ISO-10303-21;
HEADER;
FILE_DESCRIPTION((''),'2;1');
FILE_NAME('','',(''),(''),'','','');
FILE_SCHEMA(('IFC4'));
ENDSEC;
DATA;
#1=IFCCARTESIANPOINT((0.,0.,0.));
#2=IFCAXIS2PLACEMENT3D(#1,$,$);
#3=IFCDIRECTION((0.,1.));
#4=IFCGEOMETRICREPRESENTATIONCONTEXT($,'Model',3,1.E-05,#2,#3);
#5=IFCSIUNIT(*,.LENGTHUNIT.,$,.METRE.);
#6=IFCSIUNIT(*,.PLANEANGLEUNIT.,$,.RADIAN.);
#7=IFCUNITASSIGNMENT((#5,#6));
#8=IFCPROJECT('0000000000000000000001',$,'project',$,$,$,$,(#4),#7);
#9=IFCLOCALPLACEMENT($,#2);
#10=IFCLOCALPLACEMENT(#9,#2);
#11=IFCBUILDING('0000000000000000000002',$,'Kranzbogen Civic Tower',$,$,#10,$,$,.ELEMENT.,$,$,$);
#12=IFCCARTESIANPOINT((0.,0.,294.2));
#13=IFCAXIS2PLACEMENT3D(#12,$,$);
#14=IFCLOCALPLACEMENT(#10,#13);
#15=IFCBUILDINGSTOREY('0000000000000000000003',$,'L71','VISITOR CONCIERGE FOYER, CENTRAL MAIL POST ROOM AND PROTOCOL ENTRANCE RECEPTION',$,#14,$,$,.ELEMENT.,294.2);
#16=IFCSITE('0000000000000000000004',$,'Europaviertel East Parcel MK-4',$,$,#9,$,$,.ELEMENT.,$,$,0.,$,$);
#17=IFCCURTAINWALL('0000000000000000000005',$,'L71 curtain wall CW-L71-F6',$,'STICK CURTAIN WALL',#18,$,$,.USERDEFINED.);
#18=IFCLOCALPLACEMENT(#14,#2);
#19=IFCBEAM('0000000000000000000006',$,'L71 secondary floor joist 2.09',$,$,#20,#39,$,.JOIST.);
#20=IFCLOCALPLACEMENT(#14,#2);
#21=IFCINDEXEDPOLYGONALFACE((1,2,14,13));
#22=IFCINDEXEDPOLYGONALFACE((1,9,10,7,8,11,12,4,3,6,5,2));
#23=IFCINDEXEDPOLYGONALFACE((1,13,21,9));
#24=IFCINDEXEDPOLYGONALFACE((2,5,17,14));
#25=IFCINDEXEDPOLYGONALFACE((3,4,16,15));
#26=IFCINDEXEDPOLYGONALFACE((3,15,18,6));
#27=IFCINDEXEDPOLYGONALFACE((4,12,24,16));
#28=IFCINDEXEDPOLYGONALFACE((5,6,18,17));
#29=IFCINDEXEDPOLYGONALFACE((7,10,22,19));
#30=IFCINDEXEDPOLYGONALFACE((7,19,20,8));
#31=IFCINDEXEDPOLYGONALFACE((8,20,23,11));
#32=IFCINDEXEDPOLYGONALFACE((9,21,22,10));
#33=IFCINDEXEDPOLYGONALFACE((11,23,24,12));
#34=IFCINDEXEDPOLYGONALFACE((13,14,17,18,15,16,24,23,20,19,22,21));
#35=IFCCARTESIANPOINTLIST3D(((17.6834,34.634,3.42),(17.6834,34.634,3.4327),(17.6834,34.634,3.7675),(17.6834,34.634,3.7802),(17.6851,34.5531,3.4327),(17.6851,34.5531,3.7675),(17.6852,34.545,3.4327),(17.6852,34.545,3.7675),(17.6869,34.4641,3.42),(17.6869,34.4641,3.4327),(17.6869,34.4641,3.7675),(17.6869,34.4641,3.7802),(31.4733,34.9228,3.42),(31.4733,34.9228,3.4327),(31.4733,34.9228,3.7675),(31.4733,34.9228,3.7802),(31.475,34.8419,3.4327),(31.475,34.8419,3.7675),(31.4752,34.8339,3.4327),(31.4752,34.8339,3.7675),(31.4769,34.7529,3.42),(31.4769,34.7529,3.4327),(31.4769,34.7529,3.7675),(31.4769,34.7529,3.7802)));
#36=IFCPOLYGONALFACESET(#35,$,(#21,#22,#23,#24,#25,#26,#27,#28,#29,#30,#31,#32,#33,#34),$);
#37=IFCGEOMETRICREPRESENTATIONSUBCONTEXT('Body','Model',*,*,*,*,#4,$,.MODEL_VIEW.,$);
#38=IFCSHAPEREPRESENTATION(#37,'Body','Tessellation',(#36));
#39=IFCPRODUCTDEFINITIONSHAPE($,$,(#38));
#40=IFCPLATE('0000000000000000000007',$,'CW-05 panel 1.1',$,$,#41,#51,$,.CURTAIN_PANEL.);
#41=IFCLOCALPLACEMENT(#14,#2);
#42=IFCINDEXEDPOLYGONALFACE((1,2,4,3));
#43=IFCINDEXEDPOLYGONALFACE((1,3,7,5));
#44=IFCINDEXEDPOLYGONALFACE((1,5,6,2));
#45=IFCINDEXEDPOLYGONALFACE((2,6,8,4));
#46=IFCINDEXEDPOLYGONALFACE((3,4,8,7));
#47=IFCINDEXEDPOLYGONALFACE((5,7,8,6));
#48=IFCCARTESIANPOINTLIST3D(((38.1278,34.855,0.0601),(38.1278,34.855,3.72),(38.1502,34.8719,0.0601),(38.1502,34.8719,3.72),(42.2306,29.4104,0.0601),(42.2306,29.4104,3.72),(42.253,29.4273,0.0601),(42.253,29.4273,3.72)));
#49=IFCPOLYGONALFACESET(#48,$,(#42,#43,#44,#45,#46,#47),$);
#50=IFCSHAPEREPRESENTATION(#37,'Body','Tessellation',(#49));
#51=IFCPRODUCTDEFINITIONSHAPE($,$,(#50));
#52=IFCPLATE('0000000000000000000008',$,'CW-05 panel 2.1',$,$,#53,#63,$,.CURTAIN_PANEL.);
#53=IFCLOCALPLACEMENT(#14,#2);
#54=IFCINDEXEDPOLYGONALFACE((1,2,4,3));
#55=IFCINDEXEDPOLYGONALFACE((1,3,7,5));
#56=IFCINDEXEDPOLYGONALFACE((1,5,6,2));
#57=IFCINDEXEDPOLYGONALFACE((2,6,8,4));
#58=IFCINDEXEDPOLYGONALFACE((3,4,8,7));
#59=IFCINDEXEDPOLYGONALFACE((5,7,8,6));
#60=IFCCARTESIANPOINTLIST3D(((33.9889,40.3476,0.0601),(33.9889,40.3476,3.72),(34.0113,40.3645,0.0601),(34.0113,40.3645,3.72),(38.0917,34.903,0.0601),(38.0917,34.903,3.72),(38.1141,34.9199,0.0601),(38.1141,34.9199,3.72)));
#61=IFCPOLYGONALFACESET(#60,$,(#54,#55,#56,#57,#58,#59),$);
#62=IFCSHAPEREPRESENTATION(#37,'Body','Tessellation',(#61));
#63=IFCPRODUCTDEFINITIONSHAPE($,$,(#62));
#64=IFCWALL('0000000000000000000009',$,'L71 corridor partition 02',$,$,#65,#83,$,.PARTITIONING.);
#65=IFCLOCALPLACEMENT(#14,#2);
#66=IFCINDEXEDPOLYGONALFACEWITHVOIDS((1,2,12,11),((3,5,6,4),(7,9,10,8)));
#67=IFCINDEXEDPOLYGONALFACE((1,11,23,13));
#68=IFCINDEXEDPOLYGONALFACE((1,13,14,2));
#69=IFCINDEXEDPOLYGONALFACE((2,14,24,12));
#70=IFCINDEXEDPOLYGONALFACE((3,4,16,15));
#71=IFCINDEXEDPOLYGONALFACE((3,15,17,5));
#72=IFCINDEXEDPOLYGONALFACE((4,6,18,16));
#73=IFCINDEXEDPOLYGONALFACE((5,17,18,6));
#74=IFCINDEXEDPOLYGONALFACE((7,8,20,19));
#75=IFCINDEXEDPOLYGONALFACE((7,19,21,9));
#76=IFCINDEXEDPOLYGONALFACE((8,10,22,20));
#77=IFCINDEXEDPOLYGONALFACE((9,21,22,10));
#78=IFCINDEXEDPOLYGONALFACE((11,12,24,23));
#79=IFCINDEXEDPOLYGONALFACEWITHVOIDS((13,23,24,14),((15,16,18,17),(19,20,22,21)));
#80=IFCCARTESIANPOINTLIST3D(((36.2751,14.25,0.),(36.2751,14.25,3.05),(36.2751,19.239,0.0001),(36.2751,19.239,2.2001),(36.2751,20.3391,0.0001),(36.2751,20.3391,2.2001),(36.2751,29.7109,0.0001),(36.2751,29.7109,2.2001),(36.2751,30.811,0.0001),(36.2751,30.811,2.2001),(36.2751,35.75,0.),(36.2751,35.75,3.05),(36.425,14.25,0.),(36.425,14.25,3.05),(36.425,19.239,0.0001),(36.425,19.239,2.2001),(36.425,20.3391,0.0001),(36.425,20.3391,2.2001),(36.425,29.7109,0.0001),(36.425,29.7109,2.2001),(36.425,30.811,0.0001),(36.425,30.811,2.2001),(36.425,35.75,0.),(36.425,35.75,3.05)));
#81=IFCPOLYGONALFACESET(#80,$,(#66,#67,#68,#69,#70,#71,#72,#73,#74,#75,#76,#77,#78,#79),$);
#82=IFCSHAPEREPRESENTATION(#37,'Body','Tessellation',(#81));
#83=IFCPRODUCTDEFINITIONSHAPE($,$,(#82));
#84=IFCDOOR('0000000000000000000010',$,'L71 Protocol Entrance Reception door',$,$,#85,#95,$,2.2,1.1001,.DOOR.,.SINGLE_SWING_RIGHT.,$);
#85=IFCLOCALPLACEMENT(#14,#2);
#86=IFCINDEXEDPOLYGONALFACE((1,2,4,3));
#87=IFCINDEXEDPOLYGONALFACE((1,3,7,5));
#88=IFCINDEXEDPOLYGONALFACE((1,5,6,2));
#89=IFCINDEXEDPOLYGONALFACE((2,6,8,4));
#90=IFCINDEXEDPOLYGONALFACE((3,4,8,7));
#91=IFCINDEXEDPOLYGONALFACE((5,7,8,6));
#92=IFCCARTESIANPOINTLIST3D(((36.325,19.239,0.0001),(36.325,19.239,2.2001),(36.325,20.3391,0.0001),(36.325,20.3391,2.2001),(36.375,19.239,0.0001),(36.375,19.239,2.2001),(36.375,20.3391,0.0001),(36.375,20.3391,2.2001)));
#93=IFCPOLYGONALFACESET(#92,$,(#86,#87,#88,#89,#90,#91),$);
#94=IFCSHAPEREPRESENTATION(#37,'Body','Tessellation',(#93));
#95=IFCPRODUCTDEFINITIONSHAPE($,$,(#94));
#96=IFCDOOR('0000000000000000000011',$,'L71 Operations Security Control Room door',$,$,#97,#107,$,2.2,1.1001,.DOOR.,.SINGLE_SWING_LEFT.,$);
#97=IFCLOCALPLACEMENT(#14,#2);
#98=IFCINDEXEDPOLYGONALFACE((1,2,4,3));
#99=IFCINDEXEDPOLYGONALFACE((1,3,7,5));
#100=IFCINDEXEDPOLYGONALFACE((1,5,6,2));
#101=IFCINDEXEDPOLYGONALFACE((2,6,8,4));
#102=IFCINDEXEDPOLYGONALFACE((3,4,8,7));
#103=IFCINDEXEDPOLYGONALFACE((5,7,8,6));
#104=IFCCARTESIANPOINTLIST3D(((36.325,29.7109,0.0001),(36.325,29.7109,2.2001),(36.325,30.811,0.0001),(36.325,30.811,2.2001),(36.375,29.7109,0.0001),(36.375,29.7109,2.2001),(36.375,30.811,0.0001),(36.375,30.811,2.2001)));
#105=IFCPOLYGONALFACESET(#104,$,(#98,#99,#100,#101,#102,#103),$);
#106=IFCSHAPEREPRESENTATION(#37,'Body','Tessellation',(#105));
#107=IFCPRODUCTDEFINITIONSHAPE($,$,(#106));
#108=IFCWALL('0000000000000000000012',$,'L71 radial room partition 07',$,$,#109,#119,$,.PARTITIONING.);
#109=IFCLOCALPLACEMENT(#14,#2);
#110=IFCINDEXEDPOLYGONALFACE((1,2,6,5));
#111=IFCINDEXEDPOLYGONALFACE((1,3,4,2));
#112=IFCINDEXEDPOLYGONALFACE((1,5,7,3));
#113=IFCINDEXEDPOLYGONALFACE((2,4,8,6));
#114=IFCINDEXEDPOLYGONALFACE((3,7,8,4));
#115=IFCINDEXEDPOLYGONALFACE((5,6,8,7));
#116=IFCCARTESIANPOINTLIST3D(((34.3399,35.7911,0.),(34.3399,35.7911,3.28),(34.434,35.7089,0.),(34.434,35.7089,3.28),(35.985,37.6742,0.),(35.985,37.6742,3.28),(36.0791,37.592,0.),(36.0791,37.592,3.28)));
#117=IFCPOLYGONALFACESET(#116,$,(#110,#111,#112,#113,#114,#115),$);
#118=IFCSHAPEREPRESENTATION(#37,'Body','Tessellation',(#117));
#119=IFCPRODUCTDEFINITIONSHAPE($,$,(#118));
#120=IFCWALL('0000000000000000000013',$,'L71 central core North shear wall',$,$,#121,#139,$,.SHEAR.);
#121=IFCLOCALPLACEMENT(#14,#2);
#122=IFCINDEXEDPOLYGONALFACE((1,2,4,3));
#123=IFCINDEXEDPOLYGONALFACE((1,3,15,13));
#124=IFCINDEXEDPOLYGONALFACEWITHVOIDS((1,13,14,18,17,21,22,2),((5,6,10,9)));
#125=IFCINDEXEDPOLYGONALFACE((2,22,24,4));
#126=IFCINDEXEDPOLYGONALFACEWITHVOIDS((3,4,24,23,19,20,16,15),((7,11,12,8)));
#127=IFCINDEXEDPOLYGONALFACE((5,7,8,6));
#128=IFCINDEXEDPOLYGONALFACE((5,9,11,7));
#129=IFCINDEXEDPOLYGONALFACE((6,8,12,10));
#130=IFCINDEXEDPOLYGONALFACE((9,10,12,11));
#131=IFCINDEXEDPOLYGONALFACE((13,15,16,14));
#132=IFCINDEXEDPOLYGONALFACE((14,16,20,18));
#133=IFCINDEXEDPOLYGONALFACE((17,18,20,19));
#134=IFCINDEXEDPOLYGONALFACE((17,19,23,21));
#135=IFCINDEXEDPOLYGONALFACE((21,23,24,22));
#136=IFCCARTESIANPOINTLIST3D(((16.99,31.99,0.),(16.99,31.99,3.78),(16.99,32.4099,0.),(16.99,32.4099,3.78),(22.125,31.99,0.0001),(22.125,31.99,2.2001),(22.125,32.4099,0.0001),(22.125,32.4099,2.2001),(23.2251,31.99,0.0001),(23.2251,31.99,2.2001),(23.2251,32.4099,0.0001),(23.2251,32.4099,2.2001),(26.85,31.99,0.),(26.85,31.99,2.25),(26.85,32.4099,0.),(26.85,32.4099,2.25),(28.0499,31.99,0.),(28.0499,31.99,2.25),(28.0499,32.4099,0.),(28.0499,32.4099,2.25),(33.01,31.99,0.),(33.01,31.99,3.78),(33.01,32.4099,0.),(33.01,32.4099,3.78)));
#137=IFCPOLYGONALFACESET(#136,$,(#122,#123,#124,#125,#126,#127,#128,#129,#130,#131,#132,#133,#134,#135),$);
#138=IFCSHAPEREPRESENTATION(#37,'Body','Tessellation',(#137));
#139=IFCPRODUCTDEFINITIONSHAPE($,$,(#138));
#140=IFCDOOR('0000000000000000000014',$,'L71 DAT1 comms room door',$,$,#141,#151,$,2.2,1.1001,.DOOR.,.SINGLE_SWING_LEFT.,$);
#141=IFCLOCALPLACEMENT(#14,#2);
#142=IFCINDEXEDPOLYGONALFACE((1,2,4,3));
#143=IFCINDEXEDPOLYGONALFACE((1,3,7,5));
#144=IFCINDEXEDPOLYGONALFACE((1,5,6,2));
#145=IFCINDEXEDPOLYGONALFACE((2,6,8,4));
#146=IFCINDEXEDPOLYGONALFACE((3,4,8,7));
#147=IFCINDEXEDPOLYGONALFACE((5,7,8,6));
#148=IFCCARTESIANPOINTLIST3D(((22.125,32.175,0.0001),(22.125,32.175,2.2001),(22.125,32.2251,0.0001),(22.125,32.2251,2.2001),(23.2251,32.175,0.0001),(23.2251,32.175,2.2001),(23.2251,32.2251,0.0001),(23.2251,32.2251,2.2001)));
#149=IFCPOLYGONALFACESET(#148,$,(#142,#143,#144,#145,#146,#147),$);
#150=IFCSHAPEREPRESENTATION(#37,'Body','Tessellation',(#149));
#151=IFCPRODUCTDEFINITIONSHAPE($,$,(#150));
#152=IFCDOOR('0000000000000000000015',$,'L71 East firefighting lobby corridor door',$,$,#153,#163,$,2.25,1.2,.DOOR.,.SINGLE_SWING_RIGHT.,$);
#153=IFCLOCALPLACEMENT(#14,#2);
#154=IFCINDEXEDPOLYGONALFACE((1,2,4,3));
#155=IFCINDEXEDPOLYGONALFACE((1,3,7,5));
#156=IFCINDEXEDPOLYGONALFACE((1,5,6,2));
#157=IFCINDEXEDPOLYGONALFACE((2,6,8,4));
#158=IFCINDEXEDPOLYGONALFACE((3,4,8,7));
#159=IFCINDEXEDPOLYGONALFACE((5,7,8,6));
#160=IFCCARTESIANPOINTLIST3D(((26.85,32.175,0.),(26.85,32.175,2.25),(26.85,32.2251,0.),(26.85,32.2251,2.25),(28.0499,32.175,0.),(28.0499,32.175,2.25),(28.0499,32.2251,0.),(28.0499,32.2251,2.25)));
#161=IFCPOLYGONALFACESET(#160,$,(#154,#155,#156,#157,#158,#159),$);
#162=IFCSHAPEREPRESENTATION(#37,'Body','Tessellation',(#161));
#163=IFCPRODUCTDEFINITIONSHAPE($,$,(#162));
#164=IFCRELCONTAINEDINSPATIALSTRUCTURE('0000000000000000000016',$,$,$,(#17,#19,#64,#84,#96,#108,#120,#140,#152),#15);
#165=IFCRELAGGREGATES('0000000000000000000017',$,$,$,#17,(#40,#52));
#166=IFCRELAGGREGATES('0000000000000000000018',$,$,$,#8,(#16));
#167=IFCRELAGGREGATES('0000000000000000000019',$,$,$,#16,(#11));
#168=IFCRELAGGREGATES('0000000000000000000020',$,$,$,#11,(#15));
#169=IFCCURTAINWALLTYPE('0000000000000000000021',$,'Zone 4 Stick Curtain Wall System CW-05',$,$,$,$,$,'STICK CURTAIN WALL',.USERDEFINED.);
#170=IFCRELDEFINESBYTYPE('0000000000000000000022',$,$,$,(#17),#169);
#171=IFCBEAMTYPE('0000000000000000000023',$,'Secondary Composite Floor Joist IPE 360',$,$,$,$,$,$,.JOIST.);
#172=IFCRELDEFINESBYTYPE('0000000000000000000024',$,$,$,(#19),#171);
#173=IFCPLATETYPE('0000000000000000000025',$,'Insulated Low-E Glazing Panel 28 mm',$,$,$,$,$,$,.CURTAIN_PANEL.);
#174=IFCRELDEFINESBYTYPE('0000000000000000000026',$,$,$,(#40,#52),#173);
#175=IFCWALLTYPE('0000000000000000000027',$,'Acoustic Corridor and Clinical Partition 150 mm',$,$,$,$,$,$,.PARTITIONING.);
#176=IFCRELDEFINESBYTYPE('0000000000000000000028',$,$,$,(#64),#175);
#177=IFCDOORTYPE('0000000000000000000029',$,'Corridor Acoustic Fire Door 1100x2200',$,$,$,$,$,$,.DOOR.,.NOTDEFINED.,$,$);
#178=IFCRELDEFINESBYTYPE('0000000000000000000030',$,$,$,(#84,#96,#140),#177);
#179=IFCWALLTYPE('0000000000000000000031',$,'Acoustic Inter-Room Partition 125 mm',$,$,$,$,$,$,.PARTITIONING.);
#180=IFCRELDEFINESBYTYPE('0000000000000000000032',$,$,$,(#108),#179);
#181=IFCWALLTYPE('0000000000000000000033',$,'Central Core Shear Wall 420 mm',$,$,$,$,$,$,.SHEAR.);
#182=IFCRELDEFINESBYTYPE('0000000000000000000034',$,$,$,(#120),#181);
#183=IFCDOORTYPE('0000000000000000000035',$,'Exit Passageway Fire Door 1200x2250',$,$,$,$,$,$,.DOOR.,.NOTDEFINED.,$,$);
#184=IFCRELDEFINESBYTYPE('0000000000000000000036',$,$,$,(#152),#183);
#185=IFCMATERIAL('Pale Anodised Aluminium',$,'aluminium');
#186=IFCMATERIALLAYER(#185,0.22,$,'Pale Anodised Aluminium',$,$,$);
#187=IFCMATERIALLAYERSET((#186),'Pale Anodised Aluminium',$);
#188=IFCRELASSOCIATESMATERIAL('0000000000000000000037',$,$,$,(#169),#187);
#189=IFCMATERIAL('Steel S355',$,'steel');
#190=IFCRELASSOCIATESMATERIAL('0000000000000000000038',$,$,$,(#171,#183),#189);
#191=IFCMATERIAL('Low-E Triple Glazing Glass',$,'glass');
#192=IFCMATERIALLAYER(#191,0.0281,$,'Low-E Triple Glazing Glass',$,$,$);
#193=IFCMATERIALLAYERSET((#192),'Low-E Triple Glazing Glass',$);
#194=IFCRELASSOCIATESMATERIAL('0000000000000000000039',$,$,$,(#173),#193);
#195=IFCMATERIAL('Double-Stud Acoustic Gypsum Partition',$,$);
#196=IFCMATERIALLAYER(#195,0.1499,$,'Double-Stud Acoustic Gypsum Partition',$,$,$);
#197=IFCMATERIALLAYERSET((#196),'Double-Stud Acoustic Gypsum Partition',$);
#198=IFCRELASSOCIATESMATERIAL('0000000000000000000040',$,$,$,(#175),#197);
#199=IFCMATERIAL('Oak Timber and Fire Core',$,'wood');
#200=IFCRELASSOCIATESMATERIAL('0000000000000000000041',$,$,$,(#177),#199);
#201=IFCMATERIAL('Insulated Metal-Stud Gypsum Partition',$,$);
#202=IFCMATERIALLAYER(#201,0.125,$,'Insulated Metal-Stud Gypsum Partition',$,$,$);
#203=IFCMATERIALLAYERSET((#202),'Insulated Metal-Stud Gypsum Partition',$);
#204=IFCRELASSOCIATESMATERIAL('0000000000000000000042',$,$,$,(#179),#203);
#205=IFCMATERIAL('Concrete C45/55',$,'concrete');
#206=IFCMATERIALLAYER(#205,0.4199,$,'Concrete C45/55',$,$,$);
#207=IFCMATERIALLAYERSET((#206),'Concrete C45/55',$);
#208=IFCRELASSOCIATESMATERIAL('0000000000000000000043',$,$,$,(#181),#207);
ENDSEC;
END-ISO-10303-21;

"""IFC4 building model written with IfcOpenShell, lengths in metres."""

from ifc_helpers import new_model, si_unit, direction, frame, frame_2d, origin, origin_2d, place, context, subcontext, project, spatial, rectangle, i_section, extrude, material, layer, layer_set, material_profile, profile_set, type_object, element, fill, aggregate, save


model = new_model("IFC4")

# Units and contexts
model_context = context("Model", 3, precision=1e-05, world=origin(), true_north=direction((0.0, 1.0)))
body_context = subcontext(model_context, "Body", "Model", "MODEL_VIEW")
ifc_project = project(units=[si_unit("LENGTHUNIT", "METRE"), si_unit("PLANEANGLEUNIT", "RADIAN")], contexts=[model_context])

# Site, building, storey
site_placement = place(None, origin())
site = spatial("IfcSite", under=ifc_project, at=site_placement, Name="Europaviertel East Parcel MK-4", CompositionType="ELEMENT", RefElevation=0.0)
building_placement = place(site_placement, origin())
building = spatial("IfcBuilding", under=site, at=building_placement, Name="Kranzbogen Civic Tower", CompositionType="ELEMENT")
storey_placement = place(building_placement, frame((0.0, 0.0, 294.2)))
storey = spatial("IfcBuildingStorey", under=building, at=storey_placement, Name="L71", Description="VISITOR CONCIERGE FOYER, CENTRAL MAIL POST ROOM AND PROTOCOL ENTRANCE RECEPTION", CompositionType="ELEMENT", Elevation=294.2)

# Shared definitions
ifc_material_1 = material(Name="Steel S355", Category="steel")

# Shared definitions
ifc_material_2 = material(Name="Pale Anodised Aluminium", Category="aluminium")
ifc_layer_1 = layer(ifc_material_2, 0.22, Name="Pale Anodised Aluminium")
ifc_layer_set_1 = layer_set([ifc_layer_1], Name="Pale Anodised Aluminium")
curtain_wall_type = type_object("IfcCurtainWallType", Name="Zone 4 Stick Curtain Wall System CW-05", ElementType="STICK CURTAIN WALL", PredefinedType="USERDEFINED", material=ifc_layer_set_1)

# Curtain wall
curtain_wall_1_placement = place(storey_placement, origin())
curtain_wall_1 = element("IfcCurtainWall", 1, at=curtain_wall_1_placement, inside=storey, type_object=curtain_wall_type, Name="L71 curtain wall CW-L71-F6", ObjectType="STICK CURTAIN WALL", PredefinedType="USERDEFINED")

# Beam
ifc_material_profile_1 = material_profile(ifc_material_1, i_section(OverallWidth=0.1699, OverallDepth=0.3601, WebThickness=0.0081, FlangeThickness=0.0127, at=origin_2d()), Name="IPE 360")
ifc_profile_set_1 = profile_set([ifc_material_profile_1], Name="Steel S355")
beam_type_1 = type_object("IfcBeamType", Name="Secondary Composite Floor Joist IPE 360", PredefinedType="JOIST", material=ifc_profile_set_1)
beam_1_placement = place(storey_placement, frame((31.4751, 34.8379, 3.6001), z_axis=(-0.999781, -0.020939, 0.0), x_axis=(0.020939, -0.999781, 0.0)))
element("IfcBeam", 2, at=beam_1_placement, inside=storey, type_object=beam_type_1, Name="L71 secondary floor joist 2.09", PredefinedType="JOIST", context=body_context, shape_type="SweptSolid", body=[
    extrude(i_section(OverallWidth=0.1699, OverallDepth=0.3601, WebThickness=0.0081, FlangeThickness=0.0127, at=origin_2d()), origin(), (0.0, 0.0, 1.0), 13.793),
])

# Plates
ifc_material_3 = material(Name="Low-E Triple Glazing Glass", Category="glass")
ifc_layer_2 = layer(ifc_material_3, 0.0281, Name="Low-E Triple Glazing Glass")
ifc_layer_set_2 = layer_set([ifc_layer_2], Name="Low-E Triple Glazing Glass")
plate_type = type_object("IfcPlateType", Name="Insulated Low-E Glazing Panel 28 mm", PredefinedType="CURTAIN_PANEL", material=ifc_layer_set_2)
plate_1_placement = place(storey_placement, frame((40.1904, 32.1411, 0.0601), z_axis=(0.0, 0.0, 1.0), x_axis=(-0.601817, 0.798634, 0.0)))
plate_1 = element("IfcPlate", 3, at=plate_1_placement, type_object=plate_type, Name="CW-05 panel 1.1", PredefinedType="CURTAIN_PANEL", context=body_context, shape_type="SweptSolid", body=[
    extrude(rectangle(XDim=6.8174, YDim=0.0281, at=origin_2d()), origin(), (0.0, 0.0, 1.0), 3.6599),
])
plate_2_placement = place(storey_placement, frame((36.0515, 37.6338, 0.0601), z_axis=(0.0, 0.0, 1.0), x_axis=(-0.601817, 0.798634, 0.0)))
plate_2 = element("IfcPlate", 4, at=plate_2_placement, type_object=plate_type, Name="CW-05 panel 2.1", PredefinedType="CURTAIN_PANEL", context=body_context, shape_type="SweptSolid", body=[
    extrude(rectangle(XDim=6.8174, YDim=0.0281, at=origin_2d()), origin(), (0.0, 0.0, 1.0), 3.6599),
])
aggregate(curtain_wall_1, [plate_1, plate_2])

# Wall, openings, doors
ifc_material_4 = material(Name="Double-Stud Acoustic Gypsum Partition")
ifc_layer_3 = layer(ifc_material_4, 0.1499, Name="Double-Stud Acoustic Gypsum Partition")
ifc_layer_set_3 = layer_set([ifc_layer_3], Name="Double-Stud Acoustic Gypsum Partition")
wall_type_1 = type_object("IfcWallType", Name="Acoustic Corridor and Clinical Partition 150 mm", PredefinedType="PARTITIONING", material=ifc_layer_set_3)
wall_1_placement = place(storey_placement, frame((36.3501, 35.75, 0.0), z_axis=(0.0, 0.0, 1.0), x_axis=(0.0, -1.0, 0.0)))
wall_1 = element("IfcWall", 5, at=wall_1_placement, inside=storey, type_object=wall_type_1, Name="L71 corridor partition 02", PredefinedType="PARTITIONING", context=body_context, shape_type="SweptSolid", body=[
    extrude(rectangle(XDim=21.5, YDim=0.1499, at=frame_2d((10.75, 0.0))), origin(), (0.0, 0.0, 1.0), 3.05),
])
opening_1_placement = place(wall_1_placement, frame((15.4109, 0.0, 0.0)))
opening_1 = element("IfcOpeningElement", 6, at=opening_1_placement, cuts=wall_1, PredefinedType="OPENING", context=body_context, shape_type="SweptSolid", body=[
    extrude(rectangle(XDim=1.1001, YDim=2.2, at=frame_2d((0.55, 1.1001))), frame((0.0, 0.085, 0.0), z_axis=(0.0, -1.0, 0.0), x_axis=(1.0, 0.0, 0.0)), (0.0, 0.0, 1.0), 0.1699),
])
opening_2_placement = place(wall_1_placement, frame((4.939, 0.0, 0.0)))
opening_2 = element("IfcOpeningElement", 7, at=opening_2_placement, cuts=wall_1, PredefinedType="OPENING", context=body_context, shape_type="SweptSolid", body=[
    extrude(rectangle(XDim=1.1001, YDim=2.2, at=frame_2d((0.55, 1.1001))), frame((0.0, 0.085, 0.0), z_axis=(0.0, -1.0, 0.0), x_axis=(1.0, 0.0, 0.0)), (0.0, 0.0, 1.0), 0.1699),
])
ifc_material_5 = material(Name="Oak Timber and Fire Core", Category="wood")
door_type_1 = type_object("IfcDoorType", Name="Corridor Acoustic Fire Door 1100x2200", OperationType="NOTDEFINED", PredefinedType="DOOR", material=ifc_material_5)
door_1_placement = place(opening_1_placement, origin())
door_1 = element("IfcDoor", 8, at=door_1_placement, inside=storey, type_object=door_type_1, Name="L71 Protocol Entrance Reception door", OperationType="SINGLE_SWING_RIGHT", OverallHeight=2.2, OverallWidth=1.1001, PredefinedType="DOOR", context=body_context, shape_type="SweptSolid", body=[
    extrude(rectangle(XDim=1.1001, YDim=2.2, at=frame_2d((0.55, 1.1001))), frame((0.0, 0.0249, 0.0), z_axis=(0.0, -1.0, 0.0), x_axis=(1.0, 0.0, 0.0)), (0.0, 0.0, 1.0), 0.05),
])
fill(opening_1, door_1)
door_2_placement = place(opening_2_placement, origin())
door_2 = element("IfcDoor", 9, at=door_2_placement, inside=storey, type_object=door_type_1, Name="L71 Operations Security Control Room door", OperationType="SINGLE_SWING_LEFT", OverallHeight=2.2, OverallWidth=1.1001, PredefinedType="DOOR", context=body_context, shape_type="SweptSolid", body=[
    extrude(rectangle(XDim=1.1001, YDim=2.2, at=frame_2d((0.55, 1.1001))), frame((0.0, 0.0249, 0.0), z_axis=(0.0, -1.0, 0.0), x_axis=(1.0, 0.0, 0.0)), (0.0, 0.0, 1.0), 0.05),
])
fill(opening_2, door_2)

# Wall
ifc_material_6 = material(Name="Insulated Metal-Stud Gypsum Partition")
ifc_layer_4 = layer(ifc_material_6, 0.125, Name="Insulated Metal-Stud Gypsum Partition")
ifc_layer_set_4 = layer_set([ifc_layer_4], Name="Insulated Metal-Stud Gypsum Partition")
wall_type_2 = type_object("IfcWallType", Name="Acoustic Inter-Room Partition 125 mm", PredefinedType="PARTITIONING", material=ifc_layer_set_4)
wall_2_placement = place(storey_placement, frame((34.387, 35.75, 0.0), z_axis=(0.0, 0.0, 1.0), x_axis=(0.657903, 0.753103, 0.0)))
element("IfcWall", 10, at=wall_2_placement, inside=storey, type_object=wall_type_2, Name="L71 radial room partition 07", PredefinedType="PARTITIONING", context=body_context, shape_type="SweptSolid", body=[
    extrude(rectangle(XDim=2.5005, YDim=0.125, at=frame_2d((1.2502, 0.0))), origin(), (0.0, 0.0, 1.0), 3.28),
])

# Wall, openings, doors
ifc_material_7 = material(Name="Concrete C45/55", Category="concrete")
ifc_layer_5 = layer(ifc_material_7, 0.4199, Name="Concrete C45/55")
ifc_layer_set_5 = layer_set([ifc_layer_5], Name="Concrete C45/55")
wall_type_3 = type_object("IfcWallType", Name="Central Core Shear Wall 420 mm", PredefinedType="SHEAR", material=ifc_layer_set_5)
wall_3_placement = place(storey_placement, frame((33.01, 32.2, 0.0), z_axis=(0.0, 0.0, 1.0), x_axis=(-1.0, 0.0, 0.0)))
wall_3 = element("IfcWall", 11, at=wall_3_placement, inside=storey, type_object=wall_type_3, Name="L71 central core North shear wall", PredefinedType="SHEAR", context=body_context, shape_type="SweptSolid", body=[
    extrude(rectangle(XDim=16.02, YDim=0.4199, at=frame_2d((8.01, 0.0))), origin(), (0.0, 0.0, 1.0), 3.78),
])
opening_3_placement = place(wall_3_placement, frame((4.96, 0.0, 0.0)))
opening_3 = element("IfcOpeningElement", 12, at=opening_3_placement, cuts=wall_3, PredefinedType="OPENING", context=body_context, shape_type="SweptSolid", body=[
    extrude(rectangle(XDim=1.2, YDim=2.25, at=frame_2d((0.6001, 1.125))), frame((0.0, 0.22, 0.0), z_axis=(0.0, -1.0, 0.0), x_axis=(1.0, 0.0, 0.0)), (0.0, 0.0, 1.0), 0.4399),
])
opening_4_placement = place(wall_3_placement, frame((9.7849, 0.0, 0.0)))
opening_4 = element("IfcOpeningElement", 13, at=opening_4_placement, cuts=wall_3, PredefinedType="OPENING", context=body_context, shape_type="SweptSolid", body=[
    extrude(rectangle(XDim=1.1001, YDim=2.2, at=frame_2d((0.55, 1.1001))), frame((0.0, 0.22, 0.0), z_axis=(0.0, -1.0, 0.0), x_axis=(1.0, 0.0, 0.0)), (0.0, 0.0, 1.0), 0.4399),
])
door_3_placement = place(opening_4_placement, origin())
door_3 = element("IfcDoor", 14, at=door_3_placement, inside=storey, type_object=door_type_1, Name="L71 DAT1 comms room door", OperationType="SINGLE_SWING_LEFT", OverallHeight=2.2, OverallWidth=1.1001, PredefinedType="DOOR", context=body_context, shape_type="SweptSolid", body=[
    extrude(rectangle(XDim=1.1001, YDim=2.2, at=frame_2d((0.55, 1.1001))), frame((0.0, 0.0249, 0.0), z_axis=(0.0, -1.0, 0.0), x_axis=(1.0, 0.0, 0.0)), (0.0, 0.0, 1.0), 0.05),
])
fill(opening_4, door_3)
door_type_2 = type_object("IfcDoorType", Name="Exit Passageway Fire Door 1200x2250", OperationType="NOTDEFINED", PredefinedType="DOOR", material=ifc_material_1)
door_4_placement = place(opening_3_placement, origin())
door_4 = element("IfcDoor", 15, at=door_4_placement, inside=storey, type_object=door_type_2, Name="L71 East firefighting lobby corridor door", OperationType="SINGLE_SWING_RIGHT", OverallHeight=2.25, OverallWidth=1.2, PredefinedType="DOOR", context=body_context, shape_type="SweptSolid", body=[
    extrude(rectangle(XDim=1.2, YDim=2.25, at=frame_2d((0.6001, 1.125))), frame((0.0, 0.0249, 0.0), z_axis=(0.0, -1.0, 0.0), x_axis=(1.0, 0.0, 0.0)), (0.0, 0.0, 1.0), 0.05),
])
fill(opening_3, door_4)

save(model, "model.ifc")
